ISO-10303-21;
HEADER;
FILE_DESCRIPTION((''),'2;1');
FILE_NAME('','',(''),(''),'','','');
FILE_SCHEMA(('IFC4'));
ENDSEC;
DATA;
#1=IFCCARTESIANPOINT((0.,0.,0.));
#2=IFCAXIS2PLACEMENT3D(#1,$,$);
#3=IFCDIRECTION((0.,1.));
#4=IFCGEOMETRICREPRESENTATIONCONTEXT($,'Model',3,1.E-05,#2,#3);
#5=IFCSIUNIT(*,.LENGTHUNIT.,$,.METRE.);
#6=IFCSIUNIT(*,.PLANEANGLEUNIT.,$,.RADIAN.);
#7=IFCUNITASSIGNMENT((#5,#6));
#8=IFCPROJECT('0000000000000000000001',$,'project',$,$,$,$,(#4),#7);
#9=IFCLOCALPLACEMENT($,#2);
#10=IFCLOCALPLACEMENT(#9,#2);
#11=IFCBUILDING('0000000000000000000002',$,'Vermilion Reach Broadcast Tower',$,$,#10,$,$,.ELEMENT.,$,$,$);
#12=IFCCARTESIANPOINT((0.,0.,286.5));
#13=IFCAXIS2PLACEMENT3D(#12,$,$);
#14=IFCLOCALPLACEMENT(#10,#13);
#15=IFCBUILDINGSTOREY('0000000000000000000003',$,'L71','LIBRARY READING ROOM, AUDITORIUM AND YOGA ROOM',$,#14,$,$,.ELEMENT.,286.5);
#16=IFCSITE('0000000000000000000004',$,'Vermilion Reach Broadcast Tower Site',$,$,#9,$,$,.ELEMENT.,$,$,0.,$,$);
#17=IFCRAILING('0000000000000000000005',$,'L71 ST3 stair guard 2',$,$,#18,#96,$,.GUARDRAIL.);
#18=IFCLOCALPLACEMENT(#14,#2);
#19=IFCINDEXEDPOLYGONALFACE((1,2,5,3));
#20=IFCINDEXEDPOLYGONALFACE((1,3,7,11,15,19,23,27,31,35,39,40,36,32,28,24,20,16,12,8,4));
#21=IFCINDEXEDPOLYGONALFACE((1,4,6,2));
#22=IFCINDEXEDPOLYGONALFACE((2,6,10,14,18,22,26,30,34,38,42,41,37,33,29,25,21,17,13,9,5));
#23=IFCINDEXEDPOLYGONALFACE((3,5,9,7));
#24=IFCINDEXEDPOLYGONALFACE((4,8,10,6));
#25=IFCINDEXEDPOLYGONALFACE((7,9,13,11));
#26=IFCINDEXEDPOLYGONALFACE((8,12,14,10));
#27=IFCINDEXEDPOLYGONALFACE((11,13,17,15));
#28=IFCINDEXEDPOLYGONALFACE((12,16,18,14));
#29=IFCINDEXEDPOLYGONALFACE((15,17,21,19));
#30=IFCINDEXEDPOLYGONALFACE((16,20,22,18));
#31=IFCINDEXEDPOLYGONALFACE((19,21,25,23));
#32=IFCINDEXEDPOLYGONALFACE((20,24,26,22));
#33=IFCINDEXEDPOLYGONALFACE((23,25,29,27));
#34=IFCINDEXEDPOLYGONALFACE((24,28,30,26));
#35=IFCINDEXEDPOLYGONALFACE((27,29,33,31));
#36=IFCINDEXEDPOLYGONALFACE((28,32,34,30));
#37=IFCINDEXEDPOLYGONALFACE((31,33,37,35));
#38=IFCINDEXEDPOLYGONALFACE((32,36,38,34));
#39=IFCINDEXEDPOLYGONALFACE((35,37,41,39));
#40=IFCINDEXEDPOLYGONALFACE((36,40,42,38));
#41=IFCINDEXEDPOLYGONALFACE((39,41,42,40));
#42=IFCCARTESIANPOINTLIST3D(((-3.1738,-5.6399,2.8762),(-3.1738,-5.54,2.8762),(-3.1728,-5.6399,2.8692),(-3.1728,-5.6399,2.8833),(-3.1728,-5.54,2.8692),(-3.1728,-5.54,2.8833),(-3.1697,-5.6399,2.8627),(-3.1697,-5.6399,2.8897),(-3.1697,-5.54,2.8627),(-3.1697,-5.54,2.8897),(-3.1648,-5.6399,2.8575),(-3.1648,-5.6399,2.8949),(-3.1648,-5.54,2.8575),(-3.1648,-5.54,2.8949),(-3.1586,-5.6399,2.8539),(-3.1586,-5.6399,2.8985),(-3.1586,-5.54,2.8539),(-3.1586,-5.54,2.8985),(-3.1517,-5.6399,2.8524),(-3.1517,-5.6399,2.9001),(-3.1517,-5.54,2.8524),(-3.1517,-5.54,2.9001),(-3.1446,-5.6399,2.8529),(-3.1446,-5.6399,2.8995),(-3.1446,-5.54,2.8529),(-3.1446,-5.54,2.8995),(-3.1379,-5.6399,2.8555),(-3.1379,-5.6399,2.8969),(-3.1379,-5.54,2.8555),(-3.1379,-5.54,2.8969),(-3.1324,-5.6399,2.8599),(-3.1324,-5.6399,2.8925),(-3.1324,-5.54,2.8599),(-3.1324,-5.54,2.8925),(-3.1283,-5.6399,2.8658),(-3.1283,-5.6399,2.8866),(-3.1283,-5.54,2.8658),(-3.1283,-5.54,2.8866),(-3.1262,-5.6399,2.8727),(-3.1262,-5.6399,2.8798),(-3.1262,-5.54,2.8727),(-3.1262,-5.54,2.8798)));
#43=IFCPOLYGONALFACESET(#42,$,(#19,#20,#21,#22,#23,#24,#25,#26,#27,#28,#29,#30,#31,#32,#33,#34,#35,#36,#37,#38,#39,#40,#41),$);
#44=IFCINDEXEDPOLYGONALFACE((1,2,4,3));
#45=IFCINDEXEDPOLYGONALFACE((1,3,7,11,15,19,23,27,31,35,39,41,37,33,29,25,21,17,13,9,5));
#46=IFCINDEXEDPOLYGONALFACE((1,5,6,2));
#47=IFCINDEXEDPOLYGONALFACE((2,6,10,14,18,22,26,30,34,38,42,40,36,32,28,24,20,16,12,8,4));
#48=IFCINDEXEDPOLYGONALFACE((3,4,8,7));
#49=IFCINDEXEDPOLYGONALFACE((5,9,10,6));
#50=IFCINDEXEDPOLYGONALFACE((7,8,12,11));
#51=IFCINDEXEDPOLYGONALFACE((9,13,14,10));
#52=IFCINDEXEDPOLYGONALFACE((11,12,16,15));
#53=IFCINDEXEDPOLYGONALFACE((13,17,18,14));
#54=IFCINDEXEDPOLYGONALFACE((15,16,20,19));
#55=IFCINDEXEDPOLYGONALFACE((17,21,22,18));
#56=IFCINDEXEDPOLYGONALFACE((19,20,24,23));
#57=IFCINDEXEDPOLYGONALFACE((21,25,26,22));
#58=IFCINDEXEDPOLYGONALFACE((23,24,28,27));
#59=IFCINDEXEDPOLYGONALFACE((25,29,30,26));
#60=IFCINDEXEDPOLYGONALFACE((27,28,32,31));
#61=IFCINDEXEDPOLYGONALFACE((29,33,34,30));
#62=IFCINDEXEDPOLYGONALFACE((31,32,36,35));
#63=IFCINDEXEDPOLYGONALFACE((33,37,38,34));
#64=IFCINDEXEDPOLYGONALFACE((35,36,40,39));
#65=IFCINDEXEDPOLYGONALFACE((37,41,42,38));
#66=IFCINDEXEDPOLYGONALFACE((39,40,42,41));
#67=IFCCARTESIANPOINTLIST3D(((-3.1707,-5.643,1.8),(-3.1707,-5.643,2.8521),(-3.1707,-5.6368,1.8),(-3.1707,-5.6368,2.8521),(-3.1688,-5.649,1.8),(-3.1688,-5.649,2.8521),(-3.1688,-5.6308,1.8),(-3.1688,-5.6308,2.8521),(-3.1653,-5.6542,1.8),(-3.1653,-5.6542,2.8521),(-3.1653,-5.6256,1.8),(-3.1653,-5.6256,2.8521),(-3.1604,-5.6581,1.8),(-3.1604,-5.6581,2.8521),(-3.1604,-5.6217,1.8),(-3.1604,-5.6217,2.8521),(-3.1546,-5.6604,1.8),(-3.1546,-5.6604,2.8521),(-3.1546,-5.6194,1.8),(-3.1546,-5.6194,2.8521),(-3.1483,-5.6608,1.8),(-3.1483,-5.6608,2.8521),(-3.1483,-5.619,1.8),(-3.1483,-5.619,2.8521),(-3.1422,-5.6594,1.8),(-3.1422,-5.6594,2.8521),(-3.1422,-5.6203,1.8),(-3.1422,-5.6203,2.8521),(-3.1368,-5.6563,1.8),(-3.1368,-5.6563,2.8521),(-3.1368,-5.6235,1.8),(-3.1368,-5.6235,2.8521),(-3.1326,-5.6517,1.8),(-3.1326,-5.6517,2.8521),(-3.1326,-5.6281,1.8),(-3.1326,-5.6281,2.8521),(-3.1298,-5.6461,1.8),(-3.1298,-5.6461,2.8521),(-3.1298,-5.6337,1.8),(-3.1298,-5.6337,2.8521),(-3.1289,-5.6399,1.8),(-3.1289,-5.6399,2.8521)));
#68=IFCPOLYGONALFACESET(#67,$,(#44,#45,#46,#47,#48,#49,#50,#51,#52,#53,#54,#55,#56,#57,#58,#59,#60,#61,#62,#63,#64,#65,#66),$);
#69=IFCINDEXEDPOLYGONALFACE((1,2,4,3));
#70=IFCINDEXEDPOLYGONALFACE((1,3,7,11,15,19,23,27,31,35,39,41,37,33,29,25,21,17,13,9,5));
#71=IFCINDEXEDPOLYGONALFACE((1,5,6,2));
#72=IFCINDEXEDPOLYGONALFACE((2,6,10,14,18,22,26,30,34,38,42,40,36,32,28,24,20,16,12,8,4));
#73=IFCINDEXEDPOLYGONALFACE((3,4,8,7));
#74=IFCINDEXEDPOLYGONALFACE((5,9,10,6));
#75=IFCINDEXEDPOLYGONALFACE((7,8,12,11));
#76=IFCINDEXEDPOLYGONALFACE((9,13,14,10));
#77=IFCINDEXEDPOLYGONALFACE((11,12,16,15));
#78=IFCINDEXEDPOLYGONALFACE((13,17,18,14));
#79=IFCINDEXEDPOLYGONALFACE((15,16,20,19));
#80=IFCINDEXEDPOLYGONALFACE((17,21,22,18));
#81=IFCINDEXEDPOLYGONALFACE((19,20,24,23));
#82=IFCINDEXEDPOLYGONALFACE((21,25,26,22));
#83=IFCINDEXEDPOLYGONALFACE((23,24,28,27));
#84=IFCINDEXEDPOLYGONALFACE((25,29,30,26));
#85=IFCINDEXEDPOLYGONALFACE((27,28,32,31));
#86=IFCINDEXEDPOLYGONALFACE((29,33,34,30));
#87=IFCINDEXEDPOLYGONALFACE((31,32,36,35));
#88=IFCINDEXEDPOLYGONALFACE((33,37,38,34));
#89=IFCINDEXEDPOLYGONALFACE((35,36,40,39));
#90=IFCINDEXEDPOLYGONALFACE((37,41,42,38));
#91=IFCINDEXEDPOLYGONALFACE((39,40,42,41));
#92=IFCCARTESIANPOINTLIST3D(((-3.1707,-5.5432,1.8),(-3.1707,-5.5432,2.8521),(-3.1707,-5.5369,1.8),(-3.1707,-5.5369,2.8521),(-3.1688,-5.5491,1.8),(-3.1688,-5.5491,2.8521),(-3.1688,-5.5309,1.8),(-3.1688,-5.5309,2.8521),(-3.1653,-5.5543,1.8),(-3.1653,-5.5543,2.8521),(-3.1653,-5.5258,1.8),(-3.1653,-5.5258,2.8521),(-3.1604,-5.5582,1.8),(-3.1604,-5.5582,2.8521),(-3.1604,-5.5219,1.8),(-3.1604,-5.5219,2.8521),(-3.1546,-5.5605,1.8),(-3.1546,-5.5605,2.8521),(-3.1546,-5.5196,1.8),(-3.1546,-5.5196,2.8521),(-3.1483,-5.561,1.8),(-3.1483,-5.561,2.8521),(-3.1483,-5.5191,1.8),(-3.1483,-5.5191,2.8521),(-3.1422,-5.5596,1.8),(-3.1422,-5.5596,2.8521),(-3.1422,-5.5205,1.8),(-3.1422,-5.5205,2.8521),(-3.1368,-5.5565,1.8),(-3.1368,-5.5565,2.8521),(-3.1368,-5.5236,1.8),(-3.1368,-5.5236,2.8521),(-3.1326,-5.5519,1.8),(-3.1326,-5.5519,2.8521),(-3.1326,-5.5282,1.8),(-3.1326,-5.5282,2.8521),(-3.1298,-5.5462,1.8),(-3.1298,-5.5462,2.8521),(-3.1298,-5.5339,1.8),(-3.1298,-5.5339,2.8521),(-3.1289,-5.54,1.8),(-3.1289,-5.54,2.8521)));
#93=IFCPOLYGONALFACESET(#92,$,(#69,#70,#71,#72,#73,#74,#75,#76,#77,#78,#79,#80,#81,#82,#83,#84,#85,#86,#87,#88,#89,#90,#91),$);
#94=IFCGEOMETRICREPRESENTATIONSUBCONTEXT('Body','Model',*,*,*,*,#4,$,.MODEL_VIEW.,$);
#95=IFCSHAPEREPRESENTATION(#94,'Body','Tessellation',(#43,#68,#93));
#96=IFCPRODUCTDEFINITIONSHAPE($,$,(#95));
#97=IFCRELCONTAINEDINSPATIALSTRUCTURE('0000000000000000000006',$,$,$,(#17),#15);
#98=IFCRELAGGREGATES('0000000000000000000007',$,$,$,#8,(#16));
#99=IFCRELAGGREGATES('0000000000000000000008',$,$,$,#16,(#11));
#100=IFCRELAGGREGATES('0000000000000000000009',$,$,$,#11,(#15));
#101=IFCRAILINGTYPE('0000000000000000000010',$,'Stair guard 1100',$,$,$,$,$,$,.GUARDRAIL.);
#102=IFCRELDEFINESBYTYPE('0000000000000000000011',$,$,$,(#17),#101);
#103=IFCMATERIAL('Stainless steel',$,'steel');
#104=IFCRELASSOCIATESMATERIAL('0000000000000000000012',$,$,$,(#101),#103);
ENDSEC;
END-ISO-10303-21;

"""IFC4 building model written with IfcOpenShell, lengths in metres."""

from ifc_helpers import new_model, si_unit, direction, frame, origin, origin_2d, place, context, subcontext, project, spatial, circle, extrude, material, type_object, element, save


model = new_model("IFC4")

# Units and contexts
model_context = context("Model", 3, precision=1e-05, world=origin(), true_north=direction((0.0, 1.0)))
body_context = subcontext(model_context, "Body", "Model", "MODEL_VIEW")
ifc_project = project(units=[si_unit("LENGTHUNIT", "METRE"), si_unit("PLANEANGLEUNIT", "RADIAN")], contexts=[model_context])

# Site, building, storey
site_placement = place(None, origin())
site = spatial("IfcSite", under=ifc_project, at=site_placement, Name="Vermilion Reach Broadcast Tower Site", CompositionType="ELEMENT", RefElevation=0.0)
building_placement = place(site_placement, origin())
building = spatial("IfcBuilding", under=site, at=building_placement, Name="Vermilion Reach Broadcast Tower", CompositionType="ELEMENT")
storey_placement = place(building_placement, frame((0.0, 0.0, 286.5)))
storey = spatial("IfcBuildingStorey", under=building, at=storey_placement, Name="L71", Description="LIBRARY READING ROOM, AUDITORIUM AND YOGA ROOM", CompositionType="ELEMENT", Elevation=286.5)

# Railing
ifc_material_1 = material(Name="Stainless steel", Category="steel")
railing_type_1 = type_object("IfcRailingType", Name="Stair guard 1100", PredefinedType="GUARDRAIL", material=ifc_material_1)
railing_1_placement = place(storey_placement, frame((-3.1499, -5.6399, 1.8)))
element("IfcRailing", 1, at=railing_1_placement, inside=storey, type_object=railing_type_1, Name="L71 ST3 stair guard 2", PredefinedType="GUARDRAIL", context=body_context, shape_type="SweptSolid", body=[
    extrude(circle(Radius=0.0239, at=origin_2d()), frame((0.0, 0.0, 1.0762), z_axis=(0.0, 1.0, 0.0), x_axis=(-1.0, 0.0, 0.0)), (0.0, 0.0, 1.0), 0.0999),
    extrude(circle(Radius=0.021, at=origin_2d()), origin(), (0.0, 0.0, 1.0), 1.052),
    extrude(circle(Radius=0.021, at=origin_2d()), frame((0.0, 0.0999, 0.0)), (0.0, 0.0, 1.0), 1.052),
])

save(model, "model.ifc")
